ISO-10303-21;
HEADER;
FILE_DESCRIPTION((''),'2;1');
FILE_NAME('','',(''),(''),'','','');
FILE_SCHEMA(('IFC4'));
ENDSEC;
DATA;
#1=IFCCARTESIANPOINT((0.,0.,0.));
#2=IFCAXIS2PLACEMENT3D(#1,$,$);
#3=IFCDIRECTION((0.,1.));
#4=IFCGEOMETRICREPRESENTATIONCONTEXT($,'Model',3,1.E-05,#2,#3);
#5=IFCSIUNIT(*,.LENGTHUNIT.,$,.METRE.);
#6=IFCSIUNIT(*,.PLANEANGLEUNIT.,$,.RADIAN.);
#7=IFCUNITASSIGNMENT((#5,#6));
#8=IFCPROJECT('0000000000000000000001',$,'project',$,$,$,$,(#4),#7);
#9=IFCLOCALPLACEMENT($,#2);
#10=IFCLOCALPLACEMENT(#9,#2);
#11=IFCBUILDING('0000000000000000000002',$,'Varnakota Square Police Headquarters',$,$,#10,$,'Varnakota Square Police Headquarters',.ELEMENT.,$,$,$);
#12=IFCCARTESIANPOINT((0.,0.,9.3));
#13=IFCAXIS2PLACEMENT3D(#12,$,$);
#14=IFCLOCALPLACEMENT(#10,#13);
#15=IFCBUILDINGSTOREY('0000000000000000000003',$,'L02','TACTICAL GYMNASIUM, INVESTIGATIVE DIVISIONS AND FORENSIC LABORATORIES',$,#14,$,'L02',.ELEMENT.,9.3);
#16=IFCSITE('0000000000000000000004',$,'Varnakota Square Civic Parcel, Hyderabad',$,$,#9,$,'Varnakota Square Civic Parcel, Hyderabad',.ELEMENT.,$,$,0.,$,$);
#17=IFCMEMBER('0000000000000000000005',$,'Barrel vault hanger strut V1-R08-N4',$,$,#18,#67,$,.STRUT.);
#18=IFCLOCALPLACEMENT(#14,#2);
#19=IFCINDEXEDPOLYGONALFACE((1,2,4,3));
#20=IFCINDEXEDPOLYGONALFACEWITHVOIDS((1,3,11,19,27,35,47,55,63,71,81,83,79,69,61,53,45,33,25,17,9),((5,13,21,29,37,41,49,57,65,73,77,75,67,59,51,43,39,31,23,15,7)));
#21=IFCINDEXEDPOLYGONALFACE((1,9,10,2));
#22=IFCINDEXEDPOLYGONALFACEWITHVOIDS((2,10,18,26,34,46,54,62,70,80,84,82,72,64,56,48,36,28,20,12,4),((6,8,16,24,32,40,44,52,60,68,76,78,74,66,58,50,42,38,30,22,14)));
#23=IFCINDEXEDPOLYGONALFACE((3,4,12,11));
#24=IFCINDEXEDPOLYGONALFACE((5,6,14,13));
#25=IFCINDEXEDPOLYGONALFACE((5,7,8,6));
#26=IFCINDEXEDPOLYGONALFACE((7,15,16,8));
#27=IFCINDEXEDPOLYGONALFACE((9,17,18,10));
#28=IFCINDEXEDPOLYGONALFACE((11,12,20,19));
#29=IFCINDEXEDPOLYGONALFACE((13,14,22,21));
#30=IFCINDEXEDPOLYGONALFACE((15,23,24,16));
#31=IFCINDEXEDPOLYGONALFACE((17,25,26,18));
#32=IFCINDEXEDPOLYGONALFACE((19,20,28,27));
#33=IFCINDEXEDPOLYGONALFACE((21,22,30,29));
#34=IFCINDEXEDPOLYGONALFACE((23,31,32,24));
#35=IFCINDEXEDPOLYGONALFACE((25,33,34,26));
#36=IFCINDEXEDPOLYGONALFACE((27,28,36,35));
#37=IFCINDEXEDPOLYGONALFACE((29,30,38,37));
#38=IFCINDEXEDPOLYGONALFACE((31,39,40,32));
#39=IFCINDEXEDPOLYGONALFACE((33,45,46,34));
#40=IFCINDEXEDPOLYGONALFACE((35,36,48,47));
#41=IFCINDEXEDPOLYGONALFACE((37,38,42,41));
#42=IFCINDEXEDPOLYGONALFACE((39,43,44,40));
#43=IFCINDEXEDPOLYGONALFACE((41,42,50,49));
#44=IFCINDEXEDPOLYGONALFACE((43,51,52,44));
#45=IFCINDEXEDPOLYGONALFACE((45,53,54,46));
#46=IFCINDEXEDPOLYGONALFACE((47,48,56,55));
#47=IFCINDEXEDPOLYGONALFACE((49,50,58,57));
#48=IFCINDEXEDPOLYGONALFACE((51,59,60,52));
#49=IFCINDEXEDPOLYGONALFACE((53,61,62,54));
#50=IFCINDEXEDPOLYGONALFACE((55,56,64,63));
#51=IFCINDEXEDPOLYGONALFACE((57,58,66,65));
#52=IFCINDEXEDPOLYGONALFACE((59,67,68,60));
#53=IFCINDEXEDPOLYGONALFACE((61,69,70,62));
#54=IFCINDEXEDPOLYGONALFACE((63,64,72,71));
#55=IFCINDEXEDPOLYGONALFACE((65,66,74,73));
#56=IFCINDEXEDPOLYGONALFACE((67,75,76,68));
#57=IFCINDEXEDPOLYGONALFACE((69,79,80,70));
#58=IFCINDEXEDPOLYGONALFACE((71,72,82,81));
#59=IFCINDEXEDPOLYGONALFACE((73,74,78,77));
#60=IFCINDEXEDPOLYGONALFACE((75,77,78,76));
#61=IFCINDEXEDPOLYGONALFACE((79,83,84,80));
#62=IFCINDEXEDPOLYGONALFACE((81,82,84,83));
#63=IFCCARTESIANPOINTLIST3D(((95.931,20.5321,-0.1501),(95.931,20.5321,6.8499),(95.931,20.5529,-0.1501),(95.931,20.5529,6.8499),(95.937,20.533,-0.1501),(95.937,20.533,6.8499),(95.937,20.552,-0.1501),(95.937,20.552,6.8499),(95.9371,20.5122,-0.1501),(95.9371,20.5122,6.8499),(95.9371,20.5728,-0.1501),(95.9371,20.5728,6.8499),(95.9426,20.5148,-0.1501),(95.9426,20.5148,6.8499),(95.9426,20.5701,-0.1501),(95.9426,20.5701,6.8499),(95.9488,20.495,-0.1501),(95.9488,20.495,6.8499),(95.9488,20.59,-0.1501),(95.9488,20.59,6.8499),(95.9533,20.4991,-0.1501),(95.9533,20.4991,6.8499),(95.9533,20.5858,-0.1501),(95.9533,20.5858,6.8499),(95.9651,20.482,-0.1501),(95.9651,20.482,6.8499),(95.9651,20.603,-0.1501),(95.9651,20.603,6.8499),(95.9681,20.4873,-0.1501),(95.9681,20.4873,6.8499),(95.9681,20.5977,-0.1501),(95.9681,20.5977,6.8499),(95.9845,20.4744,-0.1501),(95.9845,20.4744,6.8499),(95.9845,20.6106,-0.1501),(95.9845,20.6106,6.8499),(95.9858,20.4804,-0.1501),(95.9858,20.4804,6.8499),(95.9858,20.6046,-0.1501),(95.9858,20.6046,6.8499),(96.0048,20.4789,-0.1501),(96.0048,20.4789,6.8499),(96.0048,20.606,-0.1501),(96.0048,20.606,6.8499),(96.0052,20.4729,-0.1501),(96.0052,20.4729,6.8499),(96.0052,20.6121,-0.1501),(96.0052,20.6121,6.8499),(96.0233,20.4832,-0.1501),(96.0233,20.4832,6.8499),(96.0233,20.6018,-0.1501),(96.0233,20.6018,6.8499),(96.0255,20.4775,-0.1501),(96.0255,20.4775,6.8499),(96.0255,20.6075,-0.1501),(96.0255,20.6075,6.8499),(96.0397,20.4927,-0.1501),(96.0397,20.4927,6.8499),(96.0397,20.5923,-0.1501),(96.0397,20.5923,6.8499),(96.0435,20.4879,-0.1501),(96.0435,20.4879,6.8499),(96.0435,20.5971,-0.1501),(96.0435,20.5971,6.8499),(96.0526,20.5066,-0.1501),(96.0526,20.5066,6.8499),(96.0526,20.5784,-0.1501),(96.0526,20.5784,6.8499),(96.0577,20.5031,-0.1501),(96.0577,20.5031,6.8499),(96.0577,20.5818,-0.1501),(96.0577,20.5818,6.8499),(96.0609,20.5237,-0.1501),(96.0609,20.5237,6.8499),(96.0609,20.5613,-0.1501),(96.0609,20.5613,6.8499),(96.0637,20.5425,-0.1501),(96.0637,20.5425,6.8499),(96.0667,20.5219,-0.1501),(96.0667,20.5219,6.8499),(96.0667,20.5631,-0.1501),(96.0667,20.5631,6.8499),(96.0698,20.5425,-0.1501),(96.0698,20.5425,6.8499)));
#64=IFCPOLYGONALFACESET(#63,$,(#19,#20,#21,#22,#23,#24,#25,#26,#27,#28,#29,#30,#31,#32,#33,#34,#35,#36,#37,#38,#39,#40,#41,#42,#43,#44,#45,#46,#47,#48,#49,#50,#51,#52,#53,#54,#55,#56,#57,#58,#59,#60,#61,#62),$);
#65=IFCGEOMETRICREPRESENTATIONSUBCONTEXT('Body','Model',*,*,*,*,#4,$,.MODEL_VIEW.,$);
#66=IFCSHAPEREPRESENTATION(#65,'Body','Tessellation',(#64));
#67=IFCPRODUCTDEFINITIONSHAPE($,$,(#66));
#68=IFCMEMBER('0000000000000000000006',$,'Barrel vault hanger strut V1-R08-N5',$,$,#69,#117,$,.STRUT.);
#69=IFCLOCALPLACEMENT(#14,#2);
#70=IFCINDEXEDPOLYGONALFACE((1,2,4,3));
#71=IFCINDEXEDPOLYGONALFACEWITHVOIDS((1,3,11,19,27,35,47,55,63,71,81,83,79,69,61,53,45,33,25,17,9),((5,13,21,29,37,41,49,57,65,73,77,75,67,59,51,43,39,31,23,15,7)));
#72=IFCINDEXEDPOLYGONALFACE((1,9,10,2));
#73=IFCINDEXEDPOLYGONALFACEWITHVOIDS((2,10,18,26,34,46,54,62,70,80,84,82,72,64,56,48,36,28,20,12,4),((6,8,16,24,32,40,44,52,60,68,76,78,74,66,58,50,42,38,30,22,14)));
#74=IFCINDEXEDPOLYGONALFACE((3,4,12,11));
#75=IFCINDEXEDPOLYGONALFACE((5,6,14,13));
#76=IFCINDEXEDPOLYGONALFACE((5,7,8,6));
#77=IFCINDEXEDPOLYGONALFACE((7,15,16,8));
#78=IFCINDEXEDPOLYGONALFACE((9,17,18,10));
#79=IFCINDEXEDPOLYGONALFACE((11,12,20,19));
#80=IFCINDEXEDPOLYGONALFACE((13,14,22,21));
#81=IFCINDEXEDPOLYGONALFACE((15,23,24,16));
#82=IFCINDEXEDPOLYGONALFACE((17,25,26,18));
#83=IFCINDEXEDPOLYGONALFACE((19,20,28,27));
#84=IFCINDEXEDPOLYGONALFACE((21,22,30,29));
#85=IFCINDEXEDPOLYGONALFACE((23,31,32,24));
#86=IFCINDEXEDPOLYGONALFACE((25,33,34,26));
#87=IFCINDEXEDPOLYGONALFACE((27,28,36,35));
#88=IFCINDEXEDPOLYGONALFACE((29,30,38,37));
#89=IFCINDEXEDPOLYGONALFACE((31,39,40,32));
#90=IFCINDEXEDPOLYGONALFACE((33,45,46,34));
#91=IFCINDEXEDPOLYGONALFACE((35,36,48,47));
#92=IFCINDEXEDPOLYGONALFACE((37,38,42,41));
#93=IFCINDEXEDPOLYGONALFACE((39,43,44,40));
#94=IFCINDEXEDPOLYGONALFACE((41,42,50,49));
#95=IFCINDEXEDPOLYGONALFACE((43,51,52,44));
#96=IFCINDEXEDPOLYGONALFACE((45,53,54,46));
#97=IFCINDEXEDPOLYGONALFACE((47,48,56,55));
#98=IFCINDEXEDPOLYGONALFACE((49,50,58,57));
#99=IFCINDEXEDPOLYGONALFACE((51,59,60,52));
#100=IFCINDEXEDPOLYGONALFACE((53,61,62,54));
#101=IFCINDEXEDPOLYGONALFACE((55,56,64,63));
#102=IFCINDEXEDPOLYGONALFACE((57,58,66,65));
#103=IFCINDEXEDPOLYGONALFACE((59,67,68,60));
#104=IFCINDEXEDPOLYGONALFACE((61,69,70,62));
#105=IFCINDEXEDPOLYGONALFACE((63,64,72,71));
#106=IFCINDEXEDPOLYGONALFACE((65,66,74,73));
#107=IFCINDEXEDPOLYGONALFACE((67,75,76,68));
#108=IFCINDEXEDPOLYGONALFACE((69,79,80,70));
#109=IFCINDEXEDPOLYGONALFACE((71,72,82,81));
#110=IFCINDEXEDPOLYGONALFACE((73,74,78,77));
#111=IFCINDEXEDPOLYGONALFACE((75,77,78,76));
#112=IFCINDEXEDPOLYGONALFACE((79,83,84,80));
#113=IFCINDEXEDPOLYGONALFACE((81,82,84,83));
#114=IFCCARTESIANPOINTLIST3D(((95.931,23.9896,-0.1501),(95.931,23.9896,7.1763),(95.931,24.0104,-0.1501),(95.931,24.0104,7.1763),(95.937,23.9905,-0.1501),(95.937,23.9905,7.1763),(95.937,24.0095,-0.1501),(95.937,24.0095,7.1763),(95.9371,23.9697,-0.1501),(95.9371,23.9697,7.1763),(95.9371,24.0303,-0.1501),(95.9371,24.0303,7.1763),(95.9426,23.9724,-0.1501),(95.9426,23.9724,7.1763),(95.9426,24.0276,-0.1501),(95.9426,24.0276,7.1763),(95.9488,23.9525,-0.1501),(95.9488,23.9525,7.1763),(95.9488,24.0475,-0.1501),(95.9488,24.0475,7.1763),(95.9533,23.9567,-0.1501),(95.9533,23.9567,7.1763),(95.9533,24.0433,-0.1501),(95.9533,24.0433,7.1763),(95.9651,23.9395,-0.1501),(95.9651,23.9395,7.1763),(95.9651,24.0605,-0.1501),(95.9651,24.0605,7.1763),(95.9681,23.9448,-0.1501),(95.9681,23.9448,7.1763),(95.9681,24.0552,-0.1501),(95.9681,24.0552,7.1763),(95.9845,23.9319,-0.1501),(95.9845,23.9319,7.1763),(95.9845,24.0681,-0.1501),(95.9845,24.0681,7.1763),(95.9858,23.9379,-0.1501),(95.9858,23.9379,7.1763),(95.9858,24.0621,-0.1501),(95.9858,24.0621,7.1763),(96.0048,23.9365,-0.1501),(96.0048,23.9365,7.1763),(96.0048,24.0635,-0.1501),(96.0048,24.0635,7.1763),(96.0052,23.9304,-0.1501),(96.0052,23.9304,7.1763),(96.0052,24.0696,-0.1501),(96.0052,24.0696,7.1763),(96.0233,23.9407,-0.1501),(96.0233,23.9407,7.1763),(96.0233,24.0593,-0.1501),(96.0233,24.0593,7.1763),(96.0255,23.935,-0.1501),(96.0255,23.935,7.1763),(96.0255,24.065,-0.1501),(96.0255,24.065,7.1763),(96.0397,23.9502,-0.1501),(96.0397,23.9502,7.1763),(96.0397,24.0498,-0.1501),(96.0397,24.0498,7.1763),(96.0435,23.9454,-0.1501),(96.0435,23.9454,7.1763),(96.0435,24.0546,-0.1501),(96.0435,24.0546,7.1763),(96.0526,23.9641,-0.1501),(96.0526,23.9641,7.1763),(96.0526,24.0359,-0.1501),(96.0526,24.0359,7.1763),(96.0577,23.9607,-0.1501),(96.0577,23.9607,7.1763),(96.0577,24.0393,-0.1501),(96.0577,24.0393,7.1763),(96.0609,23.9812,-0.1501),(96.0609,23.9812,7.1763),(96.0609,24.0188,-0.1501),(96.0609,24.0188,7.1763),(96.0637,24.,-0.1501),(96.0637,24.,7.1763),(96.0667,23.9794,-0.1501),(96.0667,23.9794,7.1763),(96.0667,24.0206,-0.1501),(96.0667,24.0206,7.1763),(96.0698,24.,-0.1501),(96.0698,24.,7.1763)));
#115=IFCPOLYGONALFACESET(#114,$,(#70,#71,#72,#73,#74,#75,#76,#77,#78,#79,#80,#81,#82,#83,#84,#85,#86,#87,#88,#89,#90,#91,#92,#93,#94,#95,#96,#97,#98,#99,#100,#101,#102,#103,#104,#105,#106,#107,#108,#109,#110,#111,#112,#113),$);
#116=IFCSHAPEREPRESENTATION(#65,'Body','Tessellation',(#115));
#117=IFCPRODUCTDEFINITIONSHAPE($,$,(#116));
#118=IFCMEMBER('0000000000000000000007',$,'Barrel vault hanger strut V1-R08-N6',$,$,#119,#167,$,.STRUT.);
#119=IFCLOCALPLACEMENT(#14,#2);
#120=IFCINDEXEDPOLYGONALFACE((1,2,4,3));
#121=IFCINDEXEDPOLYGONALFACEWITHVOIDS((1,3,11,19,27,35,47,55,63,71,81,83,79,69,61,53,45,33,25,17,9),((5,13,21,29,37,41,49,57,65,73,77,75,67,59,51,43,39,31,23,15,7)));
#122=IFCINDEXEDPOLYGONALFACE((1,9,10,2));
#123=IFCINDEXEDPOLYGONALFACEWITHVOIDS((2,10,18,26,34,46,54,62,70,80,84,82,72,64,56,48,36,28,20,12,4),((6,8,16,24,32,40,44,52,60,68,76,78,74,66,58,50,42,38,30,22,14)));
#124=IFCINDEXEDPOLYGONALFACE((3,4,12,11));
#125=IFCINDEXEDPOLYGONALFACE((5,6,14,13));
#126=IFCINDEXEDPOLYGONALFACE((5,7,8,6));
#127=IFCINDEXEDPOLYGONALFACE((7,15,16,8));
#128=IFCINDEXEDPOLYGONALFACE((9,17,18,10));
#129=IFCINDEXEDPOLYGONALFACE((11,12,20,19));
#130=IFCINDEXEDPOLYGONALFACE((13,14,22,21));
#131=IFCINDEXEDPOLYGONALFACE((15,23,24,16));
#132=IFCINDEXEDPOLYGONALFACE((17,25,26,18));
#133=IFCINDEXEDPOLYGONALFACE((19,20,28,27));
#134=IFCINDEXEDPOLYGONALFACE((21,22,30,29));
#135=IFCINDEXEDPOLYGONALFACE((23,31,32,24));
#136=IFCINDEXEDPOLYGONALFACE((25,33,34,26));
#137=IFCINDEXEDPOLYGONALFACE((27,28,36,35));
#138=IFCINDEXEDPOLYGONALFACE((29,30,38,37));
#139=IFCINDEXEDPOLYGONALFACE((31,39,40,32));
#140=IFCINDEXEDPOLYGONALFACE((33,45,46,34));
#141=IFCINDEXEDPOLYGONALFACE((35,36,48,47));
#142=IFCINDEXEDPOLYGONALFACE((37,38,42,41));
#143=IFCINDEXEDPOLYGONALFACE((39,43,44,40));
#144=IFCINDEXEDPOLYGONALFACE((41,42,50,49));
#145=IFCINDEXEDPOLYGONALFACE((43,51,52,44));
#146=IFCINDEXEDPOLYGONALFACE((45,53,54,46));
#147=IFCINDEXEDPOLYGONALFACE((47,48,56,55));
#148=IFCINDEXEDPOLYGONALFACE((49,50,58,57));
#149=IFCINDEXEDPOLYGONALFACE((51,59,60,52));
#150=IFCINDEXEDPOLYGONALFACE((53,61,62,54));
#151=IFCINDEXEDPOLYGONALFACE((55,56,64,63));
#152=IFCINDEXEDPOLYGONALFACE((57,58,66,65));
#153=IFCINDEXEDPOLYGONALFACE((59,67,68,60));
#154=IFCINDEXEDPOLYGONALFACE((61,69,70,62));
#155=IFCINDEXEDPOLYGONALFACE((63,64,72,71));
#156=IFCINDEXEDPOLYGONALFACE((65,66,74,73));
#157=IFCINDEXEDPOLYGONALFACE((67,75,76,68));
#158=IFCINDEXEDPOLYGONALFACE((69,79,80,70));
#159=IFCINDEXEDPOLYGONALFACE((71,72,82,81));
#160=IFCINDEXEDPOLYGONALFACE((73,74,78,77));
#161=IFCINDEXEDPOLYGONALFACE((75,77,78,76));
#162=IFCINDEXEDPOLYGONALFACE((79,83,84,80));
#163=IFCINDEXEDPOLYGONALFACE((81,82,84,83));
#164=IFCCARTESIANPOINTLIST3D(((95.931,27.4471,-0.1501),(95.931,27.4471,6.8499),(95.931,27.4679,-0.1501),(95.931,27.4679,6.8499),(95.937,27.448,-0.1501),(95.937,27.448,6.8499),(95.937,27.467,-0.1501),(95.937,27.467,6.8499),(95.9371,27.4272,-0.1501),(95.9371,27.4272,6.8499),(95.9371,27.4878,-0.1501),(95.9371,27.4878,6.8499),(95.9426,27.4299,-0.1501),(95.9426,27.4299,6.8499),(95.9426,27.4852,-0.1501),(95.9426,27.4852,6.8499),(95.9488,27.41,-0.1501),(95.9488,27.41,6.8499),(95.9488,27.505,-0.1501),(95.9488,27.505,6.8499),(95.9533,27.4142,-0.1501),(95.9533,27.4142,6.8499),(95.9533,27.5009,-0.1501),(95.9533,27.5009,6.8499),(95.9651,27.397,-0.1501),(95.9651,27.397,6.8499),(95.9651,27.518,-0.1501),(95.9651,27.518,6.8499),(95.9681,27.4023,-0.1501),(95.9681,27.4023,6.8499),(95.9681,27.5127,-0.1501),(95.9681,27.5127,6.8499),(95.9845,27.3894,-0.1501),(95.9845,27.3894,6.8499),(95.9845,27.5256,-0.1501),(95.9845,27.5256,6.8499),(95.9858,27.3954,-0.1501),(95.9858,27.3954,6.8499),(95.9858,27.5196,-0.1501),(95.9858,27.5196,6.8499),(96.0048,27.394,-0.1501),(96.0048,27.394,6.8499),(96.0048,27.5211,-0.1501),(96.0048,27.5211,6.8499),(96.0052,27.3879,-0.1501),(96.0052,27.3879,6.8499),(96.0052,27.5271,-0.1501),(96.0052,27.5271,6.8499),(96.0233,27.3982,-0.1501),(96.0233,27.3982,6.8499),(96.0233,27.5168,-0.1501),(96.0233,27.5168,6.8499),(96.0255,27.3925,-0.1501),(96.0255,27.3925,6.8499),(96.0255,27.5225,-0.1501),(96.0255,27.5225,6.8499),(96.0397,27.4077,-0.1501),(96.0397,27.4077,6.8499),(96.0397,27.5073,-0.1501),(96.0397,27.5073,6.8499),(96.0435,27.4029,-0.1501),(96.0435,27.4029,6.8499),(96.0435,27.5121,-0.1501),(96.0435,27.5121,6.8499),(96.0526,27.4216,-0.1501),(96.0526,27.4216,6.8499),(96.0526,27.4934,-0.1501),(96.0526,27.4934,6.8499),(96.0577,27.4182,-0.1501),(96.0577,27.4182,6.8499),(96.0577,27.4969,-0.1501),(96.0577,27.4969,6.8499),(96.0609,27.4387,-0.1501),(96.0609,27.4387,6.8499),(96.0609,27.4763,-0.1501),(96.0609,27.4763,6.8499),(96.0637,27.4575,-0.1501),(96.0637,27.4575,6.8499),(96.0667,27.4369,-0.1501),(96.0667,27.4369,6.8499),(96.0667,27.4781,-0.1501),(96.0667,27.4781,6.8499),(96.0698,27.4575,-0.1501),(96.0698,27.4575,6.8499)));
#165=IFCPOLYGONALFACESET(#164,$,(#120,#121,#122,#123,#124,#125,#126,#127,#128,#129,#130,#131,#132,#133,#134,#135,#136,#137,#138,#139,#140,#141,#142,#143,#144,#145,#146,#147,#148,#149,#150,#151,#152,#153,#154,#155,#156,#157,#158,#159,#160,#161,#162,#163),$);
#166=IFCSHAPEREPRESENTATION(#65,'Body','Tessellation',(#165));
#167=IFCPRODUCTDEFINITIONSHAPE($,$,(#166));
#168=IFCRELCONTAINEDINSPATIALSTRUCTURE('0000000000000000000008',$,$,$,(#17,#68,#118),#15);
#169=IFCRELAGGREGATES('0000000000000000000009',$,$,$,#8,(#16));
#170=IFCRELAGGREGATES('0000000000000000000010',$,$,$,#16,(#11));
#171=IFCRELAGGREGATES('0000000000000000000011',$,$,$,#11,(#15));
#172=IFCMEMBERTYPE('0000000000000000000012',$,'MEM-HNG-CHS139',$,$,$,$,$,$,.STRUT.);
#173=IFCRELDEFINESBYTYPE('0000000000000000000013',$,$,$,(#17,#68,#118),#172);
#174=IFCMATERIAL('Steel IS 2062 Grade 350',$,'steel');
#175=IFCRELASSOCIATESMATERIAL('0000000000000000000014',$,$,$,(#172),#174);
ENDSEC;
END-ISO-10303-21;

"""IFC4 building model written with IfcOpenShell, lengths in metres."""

from ifc_helpers import new_model, si_unit, direction, frame, origin, origin_2d, place, context, subcontext, project, spatial, hollow_circle, extrude, material, material_profile, profile_set, type_object, element, save


model = new_model("IFC4")

# Units and contexts
model_context = context("Model", 3, precision=1e-05, world=origin(), true_north=direction((0.0, 1.0)))
body_context = subcontext(model_context, "Body", "Model", "MODEL_VIEW")
ifc_project = project(units=[si_unit("LENGTHUNIT", "METRE"), si_unit("PLANEANGLEUNIT", "RADIAN")], contexts=[model_context])

# Site, building, storey
site_placement = place(None, origin())
site = spatial("IfcSite", under=ifc_project, at=site_placement, Name="Varnakota Square Civic Parcel, Hyderabad", LongName="Varnakota Square Civic Parcel, Hyderabad", CompositionType="ELEMENT", RefElevation=0.0)
building_placement = place(site_placement, origin())
building = spatial("IfcBuilding", under=site, at=building_placement, Name="Varnakota Square Police Headquarters", LongName="Varnakota Square Police Headquarters", CompositionType="ELEMENT")
storey_placement = place(building_placement, frame((0.0, 0.0, 9.3)))
storey = spatial("IfcBuildingStorey", under=building, at=storey_placement, Name="L02", Description="TACTICAL GYMNASIUM, INVESTIGATIVE DIVISIONS AND FORENSIC LABORATORIES", LongName="L02", CompositionType="ELEMENT", Elevation=9.3)

# Shared definitions
ifc_material_1 = material(Name="Steel IS 2062 Grade 350", Category="steel")

# Members
ifc_material_profile_1 = material_profile(ifc_material_1, hollow_circle(Radius=0.0698, WallThickness=0.0061, at=origin_2d()), Name="CHS 139.7x6.0")
ifc_profile_set_1 = profile_set([ifc_material_profile_1], Name="Steel IS 2062 Grade 350")
member_type_1 = type_object("IfcMemberType", Name="MEM-HNG-CHS139", PredefinedType="STRUT", material=ifc_profile_set_1)
member_1_placement = place(storey_placement, frame((96.0, 20.5425, -0.1501), z_axis=(0.0, 0.0, 1.0), x_axis=(1.0, 0.0, 0.0)))
element("IfcMember", 1, at=member_1_placement, inside=storey, type_object=member_type_1, Name="Barrel vault hanger strut V1-R08-N4", PredefinedType="STRUT", context=body_context, shape_type="SweptSolid", body=[
    extrude(hollow_circle(Radius=0.0698, WallThickness=0.0061, at=origin_2d()), origin(), (0.0, 0.0, 1.0), 7.0),
])
member_2_placement = place(storey_placement, frame((96.0, 24.0, -0.1501), z_axis=(0.0, 0.0, 1.0), x_axis=(1.0, 0.0, 0.0)))
element("IfcMember", 2, at=member_2_placement, inside=storey, type_object=member_type_1, Name="Barrel vault hanger strut V1-R08-N5", PredefinedType="STRUT", context=body_context, shape_type="SweptSolid", body=[
    extrude(hollow_circle(Radius=0.0698, WallThickness=0.0061, at=origin_2d()), origin(), (0.0, 0.0, 1.0), 7.3264),
])
member_3_placement = place(storey_placement, frame((96.0, 27.4575, -0.1501), z_axis=(0.0, 0.0, 1.0), x_axis=(1.0, 0.0, 0.0)))
element("IfcMember", 3, at=member_3_placement, inside=storey, type_object=member_type_1, Name="Barrel vault hanger strut V1-R08-N6", PredefinedType="STRUT", context=body_context, shape_type="SweptSolid", body=[
    extrude(hollow_circle(Radius=0.0698, WallThickness=0.0061, at=origin_2d()), origin(), (0.0, 0.0, 1.0), 7.0),
])

save(model, "model.ifc")
